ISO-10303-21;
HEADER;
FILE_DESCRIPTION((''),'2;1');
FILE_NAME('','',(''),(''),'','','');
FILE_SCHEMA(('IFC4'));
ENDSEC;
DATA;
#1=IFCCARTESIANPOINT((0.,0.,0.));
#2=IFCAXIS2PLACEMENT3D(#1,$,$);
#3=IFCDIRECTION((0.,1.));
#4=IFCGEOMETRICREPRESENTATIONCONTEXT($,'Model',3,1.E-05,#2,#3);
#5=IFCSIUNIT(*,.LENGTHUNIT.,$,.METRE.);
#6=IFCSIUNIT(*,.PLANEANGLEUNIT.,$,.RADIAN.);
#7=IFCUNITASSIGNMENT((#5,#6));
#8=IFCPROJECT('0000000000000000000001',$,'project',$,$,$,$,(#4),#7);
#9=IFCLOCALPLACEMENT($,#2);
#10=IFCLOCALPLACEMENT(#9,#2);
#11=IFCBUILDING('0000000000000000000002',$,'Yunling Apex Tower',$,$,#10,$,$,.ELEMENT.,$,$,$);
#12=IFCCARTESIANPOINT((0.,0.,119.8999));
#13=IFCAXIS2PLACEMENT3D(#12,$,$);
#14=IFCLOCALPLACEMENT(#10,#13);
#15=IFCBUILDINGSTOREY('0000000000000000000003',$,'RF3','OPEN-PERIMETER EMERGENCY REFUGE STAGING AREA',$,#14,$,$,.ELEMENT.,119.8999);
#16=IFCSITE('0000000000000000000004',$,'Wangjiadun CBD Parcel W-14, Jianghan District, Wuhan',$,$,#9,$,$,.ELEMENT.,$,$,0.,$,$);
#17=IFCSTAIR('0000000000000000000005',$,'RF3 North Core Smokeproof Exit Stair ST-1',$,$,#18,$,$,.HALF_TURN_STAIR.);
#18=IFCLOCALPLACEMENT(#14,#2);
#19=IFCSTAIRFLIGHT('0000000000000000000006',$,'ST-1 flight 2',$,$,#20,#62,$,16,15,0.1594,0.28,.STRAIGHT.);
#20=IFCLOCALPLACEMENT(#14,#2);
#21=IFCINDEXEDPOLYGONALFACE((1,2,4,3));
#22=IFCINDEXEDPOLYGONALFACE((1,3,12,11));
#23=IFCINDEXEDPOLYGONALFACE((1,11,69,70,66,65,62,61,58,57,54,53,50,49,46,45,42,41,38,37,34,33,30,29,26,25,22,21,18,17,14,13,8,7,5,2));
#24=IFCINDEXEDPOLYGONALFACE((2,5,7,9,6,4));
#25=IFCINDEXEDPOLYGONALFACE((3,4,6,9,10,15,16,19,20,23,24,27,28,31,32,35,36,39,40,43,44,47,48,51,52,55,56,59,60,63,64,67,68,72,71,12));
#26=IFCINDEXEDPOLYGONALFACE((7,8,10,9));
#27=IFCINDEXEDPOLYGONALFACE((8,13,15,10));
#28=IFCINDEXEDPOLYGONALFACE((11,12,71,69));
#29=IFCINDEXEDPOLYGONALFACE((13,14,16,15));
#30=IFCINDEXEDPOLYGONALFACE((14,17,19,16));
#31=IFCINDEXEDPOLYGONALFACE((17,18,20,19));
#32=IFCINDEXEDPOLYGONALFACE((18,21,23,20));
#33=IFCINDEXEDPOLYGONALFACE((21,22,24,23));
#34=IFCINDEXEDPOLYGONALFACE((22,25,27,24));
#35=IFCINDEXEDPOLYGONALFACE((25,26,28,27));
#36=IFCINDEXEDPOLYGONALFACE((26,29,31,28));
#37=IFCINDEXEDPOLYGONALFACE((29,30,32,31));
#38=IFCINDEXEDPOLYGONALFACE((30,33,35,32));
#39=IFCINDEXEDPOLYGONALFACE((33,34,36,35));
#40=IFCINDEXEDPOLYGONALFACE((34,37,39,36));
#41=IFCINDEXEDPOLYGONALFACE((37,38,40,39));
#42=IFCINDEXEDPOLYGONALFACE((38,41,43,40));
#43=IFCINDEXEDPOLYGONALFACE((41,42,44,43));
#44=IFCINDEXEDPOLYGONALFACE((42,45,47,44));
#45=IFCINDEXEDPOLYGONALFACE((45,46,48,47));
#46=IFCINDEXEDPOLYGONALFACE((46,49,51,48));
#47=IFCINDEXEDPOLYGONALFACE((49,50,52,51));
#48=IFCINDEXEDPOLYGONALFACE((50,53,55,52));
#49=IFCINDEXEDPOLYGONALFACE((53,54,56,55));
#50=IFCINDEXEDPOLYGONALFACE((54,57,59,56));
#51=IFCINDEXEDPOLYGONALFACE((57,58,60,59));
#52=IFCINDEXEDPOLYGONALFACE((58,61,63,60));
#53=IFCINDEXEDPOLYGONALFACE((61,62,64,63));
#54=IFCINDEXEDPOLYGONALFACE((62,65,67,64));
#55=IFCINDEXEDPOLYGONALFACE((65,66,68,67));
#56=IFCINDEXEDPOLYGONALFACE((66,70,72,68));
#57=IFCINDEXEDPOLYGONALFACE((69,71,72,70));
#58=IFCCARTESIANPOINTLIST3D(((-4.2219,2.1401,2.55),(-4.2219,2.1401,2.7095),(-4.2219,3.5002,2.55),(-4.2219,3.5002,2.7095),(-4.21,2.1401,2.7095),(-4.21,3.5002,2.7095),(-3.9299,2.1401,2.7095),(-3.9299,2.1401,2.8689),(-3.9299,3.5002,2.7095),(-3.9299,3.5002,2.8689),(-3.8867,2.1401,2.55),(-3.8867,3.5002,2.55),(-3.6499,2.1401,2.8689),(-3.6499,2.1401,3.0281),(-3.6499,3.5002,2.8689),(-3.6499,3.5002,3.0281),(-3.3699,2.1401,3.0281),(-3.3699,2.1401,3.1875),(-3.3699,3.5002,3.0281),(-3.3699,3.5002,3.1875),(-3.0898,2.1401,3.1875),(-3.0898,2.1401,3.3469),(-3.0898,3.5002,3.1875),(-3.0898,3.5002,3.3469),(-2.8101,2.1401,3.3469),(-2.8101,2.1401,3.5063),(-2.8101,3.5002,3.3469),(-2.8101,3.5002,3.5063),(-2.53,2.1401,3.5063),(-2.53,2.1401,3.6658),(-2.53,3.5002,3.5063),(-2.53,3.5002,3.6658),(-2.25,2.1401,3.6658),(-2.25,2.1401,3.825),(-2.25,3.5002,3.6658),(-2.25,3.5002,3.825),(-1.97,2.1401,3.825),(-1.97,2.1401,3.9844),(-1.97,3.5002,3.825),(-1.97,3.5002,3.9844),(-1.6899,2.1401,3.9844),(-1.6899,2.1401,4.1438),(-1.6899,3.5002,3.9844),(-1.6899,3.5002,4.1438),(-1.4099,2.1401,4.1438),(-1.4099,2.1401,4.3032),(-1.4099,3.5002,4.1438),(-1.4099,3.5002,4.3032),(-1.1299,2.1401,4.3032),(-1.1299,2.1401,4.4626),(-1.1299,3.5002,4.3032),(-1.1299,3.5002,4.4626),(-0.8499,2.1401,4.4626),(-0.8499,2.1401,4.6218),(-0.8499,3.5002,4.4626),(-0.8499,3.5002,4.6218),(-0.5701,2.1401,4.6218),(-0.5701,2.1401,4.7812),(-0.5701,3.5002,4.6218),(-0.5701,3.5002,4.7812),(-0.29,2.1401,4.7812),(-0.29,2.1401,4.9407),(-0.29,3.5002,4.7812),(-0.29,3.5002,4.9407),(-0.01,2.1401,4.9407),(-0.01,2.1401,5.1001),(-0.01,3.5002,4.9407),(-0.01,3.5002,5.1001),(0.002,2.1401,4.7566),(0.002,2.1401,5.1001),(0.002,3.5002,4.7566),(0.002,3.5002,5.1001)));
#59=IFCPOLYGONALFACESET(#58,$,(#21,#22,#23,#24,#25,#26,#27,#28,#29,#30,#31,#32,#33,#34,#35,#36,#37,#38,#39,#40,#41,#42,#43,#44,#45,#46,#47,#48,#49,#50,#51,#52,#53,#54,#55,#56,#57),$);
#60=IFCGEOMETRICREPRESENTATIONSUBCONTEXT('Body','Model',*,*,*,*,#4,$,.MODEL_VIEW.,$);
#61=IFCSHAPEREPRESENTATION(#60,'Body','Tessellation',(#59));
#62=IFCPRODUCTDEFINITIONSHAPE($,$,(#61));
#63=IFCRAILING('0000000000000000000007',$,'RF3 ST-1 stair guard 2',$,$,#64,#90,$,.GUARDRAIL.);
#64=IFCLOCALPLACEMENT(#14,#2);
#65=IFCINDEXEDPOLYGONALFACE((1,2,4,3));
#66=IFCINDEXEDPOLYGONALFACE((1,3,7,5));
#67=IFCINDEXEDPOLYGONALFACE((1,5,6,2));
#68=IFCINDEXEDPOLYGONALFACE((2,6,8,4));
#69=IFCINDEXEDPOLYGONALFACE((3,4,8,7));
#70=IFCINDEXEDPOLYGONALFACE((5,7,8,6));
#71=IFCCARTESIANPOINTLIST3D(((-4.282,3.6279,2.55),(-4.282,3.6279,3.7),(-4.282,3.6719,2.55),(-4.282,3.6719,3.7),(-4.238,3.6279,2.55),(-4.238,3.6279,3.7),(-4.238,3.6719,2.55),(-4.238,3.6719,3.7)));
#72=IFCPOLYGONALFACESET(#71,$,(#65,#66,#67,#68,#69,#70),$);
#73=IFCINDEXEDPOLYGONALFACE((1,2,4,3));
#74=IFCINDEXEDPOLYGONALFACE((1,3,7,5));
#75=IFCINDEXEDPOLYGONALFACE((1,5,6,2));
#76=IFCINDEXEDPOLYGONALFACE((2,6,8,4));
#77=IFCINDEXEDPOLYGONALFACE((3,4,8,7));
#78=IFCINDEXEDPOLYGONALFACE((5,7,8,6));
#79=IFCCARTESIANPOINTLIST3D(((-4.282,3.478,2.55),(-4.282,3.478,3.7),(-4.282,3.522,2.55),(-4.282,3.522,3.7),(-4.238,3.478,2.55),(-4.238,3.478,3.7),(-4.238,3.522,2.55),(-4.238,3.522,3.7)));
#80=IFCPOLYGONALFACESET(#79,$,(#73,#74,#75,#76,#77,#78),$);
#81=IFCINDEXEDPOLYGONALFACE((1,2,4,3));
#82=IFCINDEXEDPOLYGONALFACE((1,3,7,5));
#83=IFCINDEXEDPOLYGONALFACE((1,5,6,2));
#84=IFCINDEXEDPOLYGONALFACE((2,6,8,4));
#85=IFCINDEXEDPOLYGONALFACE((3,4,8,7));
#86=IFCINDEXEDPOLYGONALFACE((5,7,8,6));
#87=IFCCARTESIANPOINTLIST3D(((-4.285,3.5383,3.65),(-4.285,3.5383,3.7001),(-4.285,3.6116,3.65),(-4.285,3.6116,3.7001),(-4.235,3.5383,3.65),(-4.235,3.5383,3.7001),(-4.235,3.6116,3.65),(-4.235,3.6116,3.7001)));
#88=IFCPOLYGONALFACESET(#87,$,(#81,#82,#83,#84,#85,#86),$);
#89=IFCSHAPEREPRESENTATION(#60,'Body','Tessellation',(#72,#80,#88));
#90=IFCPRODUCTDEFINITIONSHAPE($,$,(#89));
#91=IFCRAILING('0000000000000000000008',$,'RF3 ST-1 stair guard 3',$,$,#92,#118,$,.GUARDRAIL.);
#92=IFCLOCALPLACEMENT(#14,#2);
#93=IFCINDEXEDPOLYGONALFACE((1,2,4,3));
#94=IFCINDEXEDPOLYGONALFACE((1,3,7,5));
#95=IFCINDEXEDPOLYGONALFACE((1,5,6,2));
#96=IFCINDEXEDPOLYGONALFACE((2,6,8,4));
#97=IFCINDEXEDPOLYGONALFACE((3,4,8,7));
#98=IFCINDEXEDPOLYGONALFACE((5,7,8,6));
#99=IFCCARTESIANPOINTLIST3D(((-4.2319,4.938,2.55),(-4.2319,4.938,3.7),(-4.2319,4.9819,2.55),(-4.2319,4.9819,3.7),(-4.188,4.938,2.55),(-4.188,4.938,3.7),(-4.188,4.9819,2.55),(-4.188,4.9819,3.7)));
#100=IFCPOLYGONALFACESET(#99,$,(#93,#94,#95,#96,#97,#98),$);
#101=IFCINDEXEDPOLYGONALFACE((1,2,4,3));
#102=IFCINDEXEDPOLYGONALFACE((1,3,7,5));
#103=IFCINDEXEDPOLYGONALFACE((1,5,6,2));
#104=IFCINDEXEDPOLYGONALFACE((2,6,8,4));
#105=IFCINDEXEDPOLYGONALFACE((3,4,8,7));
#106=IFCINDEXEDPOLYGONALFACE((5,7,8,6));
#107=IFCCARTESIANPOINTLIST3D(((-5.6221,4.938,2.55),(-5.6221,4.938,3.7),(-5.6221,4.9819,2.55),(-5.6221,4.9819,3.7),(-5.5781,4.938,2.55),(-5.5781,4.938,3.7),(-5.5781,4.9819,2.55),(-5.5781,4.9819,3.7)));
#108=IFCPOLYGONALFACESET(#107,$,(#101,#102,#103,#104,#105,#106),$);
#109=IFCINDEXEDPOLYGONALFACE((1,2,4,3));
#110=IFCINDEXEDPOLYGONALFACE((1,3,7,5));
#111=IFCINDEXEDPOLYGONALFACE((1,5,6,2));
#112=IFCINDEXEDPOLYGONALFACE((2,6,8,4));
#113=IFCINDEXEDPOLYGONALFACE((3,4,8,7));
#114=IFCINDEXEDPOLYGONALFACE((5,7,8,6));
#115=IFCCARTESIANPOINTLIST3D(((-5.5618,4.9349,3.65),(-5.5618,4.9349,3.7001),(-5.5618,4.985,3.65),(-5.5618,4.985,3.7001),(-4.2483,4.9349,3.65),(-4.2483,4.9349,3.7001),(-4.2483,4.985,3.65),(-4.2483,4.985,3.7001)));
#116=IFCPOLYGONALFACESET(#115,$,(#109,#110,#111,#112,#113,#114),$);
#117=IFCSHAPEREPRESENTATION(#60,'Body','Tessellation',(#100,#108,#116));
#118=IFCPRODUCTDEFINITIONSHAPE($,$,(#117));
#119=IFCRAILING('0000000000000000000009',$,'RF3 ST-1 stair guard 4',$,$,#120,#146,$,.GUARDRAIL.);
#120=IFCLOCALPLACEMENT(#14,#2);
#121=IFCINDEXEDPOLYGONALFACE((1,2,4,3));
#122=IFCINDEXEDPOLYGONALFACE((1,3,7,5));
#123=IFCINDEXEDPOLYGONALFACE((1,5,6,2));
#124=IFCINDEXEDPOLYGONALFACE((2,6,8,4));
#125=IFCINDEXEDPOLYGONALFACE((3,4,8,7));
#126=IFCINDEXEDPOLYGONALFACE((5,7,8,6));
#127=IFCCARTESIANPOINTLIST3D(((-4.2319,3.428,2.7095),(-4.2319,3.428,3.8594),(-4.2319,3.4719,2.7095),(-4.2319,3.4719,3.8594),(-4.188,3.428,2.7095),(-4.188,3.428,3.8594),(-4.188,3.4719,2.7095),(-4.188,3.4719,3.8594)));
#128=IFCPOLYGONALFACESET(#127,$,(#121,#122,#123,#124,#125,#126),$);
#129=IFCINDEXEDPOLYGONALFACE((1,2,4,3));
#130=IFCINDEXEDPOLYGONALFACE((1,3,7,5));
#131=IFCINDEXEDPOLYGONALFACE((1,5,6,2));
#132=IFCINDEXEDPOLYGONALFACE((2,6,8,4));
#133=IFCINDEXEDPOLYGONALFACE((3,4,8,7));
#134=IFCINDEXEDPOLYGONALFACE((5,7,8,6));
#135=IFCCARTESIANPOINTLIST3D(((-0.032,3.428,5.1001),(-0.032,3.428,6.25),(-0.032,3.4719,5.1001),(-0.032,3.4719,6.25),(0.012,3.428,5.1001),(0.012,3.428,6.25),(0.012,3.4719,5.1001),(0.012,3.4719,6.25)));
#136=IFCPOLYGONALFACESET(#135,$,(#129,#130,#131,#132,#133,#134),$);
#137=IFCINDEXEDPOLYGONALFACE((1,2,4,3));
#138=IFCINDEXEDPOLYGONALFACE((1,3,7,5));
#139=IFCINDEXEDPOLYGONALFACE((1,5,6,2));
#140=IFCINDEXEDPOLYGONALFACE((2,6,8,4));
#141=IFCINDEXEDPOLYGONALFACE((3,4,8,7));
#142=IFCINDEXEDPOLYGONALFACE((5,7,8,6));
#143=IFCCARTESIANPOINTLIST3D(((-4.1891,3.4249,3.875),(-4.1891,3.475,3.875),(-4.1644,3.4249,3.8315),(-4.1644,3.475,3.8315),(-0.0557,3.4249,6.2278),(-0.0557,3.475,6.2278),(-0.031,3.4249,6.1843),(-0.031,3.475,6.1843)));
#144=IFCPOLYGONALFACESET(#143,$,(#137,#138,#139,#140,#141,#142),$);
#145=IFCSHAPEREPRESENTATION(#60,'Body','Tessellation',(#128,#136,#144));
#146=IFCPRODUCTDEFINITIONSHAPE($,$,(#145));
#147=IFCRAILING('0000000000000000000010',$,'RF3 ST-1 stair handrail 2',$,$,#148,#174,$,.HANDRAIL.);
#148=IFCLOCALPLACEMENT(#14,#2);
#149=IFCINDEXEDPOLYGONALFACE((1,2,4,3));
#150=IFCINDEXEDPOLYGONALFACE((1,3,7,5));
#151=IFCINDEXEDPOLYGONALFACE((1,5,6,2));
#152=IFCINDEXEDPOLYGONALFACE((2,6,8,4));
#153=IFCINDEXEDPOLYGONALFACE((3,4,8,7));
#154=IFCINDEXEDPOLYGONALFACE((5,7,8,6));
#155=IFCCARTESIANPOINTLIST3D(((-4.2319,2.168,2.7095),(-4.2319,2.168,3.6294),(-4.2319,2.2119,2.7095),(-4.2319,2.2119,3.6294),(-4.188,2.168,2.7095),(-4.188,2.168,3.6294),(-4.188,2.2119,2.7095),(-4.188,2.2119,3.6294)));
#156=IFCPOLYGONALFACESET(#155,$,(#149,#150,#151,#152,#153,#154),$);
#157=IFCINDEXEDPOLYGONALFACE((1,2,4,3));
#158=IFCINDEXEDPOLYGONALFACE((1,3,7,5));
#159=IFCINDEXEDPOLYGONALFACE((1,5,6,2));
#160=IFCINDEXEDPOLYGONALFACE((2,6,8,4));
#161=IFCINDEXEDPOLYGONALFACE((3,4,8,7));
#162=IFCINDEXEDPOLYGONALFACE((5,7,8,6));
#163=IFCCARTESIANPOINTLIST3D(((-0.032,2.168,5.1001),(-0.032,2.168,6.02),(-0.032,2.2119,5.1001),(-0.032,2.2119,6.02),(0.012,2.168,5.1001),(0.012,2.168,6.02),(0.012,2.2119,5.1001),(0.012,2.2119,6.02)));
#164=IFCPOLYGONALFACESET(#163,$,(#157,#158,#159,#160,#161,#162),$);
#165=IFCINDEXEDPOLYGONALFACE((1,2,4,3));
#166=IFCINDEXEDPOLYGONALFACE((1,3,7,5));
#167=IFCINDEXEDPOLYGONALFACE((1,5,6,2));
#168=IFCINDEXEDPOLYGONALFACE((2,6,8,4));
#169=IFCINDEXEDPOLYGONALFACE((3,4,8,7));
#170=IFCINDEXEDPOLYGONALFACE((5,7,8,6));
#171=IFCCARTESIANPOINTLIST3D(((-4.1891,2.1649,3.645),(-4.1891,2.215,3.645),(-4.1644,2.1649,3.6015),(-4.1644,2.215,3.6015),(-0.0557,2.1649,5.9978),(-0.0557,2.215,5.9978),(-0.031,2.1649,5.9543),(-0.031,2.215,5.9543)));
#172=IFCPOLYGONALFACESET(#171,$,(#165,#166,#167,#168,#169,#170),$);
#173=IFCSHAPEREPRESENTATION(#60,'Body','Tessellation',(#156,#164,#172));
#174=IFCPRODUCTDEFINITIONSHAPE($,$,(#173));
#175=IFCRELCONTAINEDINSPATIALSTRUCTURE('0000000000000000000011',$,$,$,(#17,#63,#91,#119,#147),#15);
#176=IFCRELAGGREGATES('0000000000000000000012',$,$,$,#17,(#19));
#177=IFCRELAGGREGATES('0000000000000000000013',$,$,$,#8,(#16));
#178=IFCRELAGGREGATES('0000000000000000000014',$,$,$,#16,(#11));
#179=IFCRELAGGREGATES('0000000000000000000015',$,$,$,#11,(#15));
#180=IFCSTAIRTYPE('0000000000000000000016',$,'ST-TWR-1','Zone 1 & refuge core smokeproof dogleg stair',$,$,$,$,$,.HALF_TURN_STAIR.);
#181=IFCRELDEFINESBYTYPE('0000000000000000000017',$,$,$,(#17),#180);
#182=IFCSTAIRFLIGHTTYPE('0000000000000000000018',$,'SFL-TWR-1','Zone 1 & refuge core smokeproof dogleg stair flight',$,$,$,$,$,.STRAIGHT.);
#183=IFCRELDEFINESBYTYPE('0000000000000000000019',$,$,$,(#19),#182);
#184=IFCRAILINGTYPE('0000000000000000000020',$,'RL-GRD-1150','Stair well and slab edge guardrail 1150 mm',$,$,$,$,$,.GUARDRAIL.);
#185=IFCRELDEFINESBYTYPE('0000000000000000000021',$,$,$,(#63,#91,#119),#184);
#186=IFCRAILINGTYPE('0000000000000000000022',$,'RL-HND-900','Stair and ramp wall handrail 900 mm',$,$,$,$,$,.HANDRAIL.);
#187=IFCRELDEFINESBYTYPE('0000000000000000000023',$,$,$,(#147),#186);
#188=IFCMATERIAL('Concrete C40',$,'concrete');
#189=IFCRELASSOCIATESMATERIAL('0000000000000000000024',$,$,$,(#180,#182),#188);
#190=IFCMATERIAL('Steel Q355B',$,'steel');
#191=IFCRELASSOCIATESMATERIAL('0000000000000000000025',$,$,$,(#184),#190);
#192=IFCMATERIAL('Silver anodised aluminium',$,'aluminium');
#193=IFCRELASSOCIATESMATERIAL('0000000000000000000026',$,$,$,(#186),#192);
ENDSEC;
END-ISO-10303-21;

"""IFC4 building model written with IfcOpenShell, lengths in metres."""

from ifc_helpers import new_model, si_unit, direction, frame, origin, origin_2d, place, context, subcontext, project, spatial, polyline, rectangle, outline, extrude, material, type_object, element, aggregate, save


model = new_model("IFC4")

# Units and contexts
model_context = context("Model", 3, precision=1e-05, world=origin(), true_north=direction((0.0, 1.0)))
body_context = subcontext(model_context, "Body", "Model", "MODEL_VIEW")
ifc_project = project(units=[si_unit("LENGTHUNIT", "METRE"), si_unit("PLANEANGLEUNIT", "RADIAN")], contexts=[model_context])

# Site, building, storey
site_placement = place(None, origin())
site = spatial("IfcSite", under=ifc_project, at=site_placement, Name="Wangjiadun CBD Parcel W-14, Jianghan District, Wuhan", CompositionType="ELEMENT", RefElevation=0.0)
building_placement = place(site_placement, origin())
building = spatial("IfcBuilding", under=site, at=building_placement, Name="Yunling Apex Tower", CompositionType="ELEMENT")
storey_placement = place(building_placement, frame((0.0, 0.0, 119.8999)))
storey = spatial("IfcBuildingStorey", under=building, at=storey_placement, Name="RF3", Description="OPEN-PERIMETER EMERGENCY REFUGE STAGING AREA", CompositionType="ELEMENT", Elevation=119.8999)

# Shared definitions
ifc_material_1 = material(Name="Steel Q355B", Category="steel")

# Shared definitions
ifc_material_2 = material(Name="Concrete C40", Category="concrete")

# Stair, stair flight
stair_type = type_object("IfcStairType", Name="ST-TWR-1", Description="Zone 1 & refuge core smokeproof dogleg stair", PredefinedType="HALF_TURN_STAIR", material=ifc_material_2)
stair_placement = place(storey_placement, origin())
stair = element("IfcStair", 1, at=stair_placement, inside=storey, type_object=stair_type, Name="RF3 North Core Smokeproof Exit Stair ST-1", PredefinedType="HALF_TURN_STAIR")
stair_flight_type = type_object("IfcStairFlightType", Name="SFL-TWR-1", Description="Zone 1 & refuge core smokeproof dogleg stair flight", PredefinedType="STRAIGHT", material=ifc_material_2)
stair_flight_placement = place(storey_placement, frame((-4.21, 2.8201, 2.55), z_axis=(0.0, 0.0, 1.0), x_axis=(1.0, 0.0, 0.0)))
stair_flight = element("IfcStairFlight", 2, at=stair_flight_placement, type_object=stair_flight_type, Name="ST-1 flight 2", NumberOfRisers=16, NumberOfTreads=15, PredefinedType="STRAIGHT", RiserHeight=0.1594, TreadLength=0.28, context=body_context, shape_type="SweptSolid", body=[
    extrude(outline(polyline([(-0.012, 0.0), (-0.012, 0.1594), (0.0, 0.1594), (0.28, 0.1594), (0.28, 0.3188), (0.5601, 0.3188), (0.5601, 0.478), (0.8401, 0.478), (0.8401, 0.6375), (1.1201, 0.6375), (1.1201, 0.7969), (1.3999, 0.7969), (1.3999, 0.9563), (1.6799, 0.9563), (1.6799, 1.1157), (1.96, 1.1157), (1.96, 1.2749), (2.24, 1.2749), (2.24, 1.4343), (2.52, 1.4343), (2.52, 1.5938), (2.8, 1.5938), (2.8, 1.7532), (3.0801, 1.7532), (3.0801, 1.9126), (3.3601, 1.9126), (3.3601, 2.0718), (3.6399, 2.0718), (3.6399, 2.2312), (3.9199, 2.2312), (3.9199, 2.3906), (4.2, 2.3906), (4.2, 2.55), (4.2119, 2.55), (4.2119, 2.2065), (0.3232, 0.0), (-0.012, 0.0)])), frame((0.0, 0.6802, 0.0), z_axis=(0.0, -1.0, 0.0), x_axis=(1.0, 0.0, 0.0)), (0.0, 0.0, 1.0), 1.3601),
])
aggregate(stair, [stair_flight])

# Railings
railing_type_1 = type_object("IfcRailingType", Name="RL-GRD-1150", Description="Stair well and slab edge guardrail 1150 mm", PredefinedType="GUARDRAIL", material=ifc_material_1)
railing_1_placement = place(storey_placement, frame((-4.26, 3.6499, 2.55)))
element("IfcRailing", 3, at=railing_1_placement, inside=storey, type_object=railing_type_1, Name="RF3 ST-1 stair guard 2", PredefinedType="GUARDRAIL", context=body_context, shape_type="SweptSolid", body=[
    extrude(rectangle(XDim=0.0439, YDim=0.0439, at=origin_2d()), origin(), (0.0, 0.0, 1.0), 1.1499),
    extrude(rectangle(XDim=0.0439, YDim=0.0439, at=origin_2d()), frame((0.0, -0.1499, 0.0)), (0.0, 0.0, 1.0), 1.1499),
    extrude(rectangle(XDim=0.05, YDim=0.05, at=origin_2d()), frame((0.0, -0.0383, 1.125), z_axis=(0.0, -1.0, 0.0), x_axis=(1.0, 0.0, 0.0)), (0.0, 0.0, 1.0), 0.0732),
])
railing_2_placement = place(storey_placement, frame((-4.21, 4.96, 2.55)))
element("IfcRailing", 4, at=railing_2_placement, inside=storey, type_object=railing_type_1, Name="RF3 ST-1 stair guard 3", PredefinedType="GUARDRAIL", context=body_context, shape_type="SweptSolid", body=[
    extrude(rectangle(XDim=0.0439, YDim=0.0439, at=origin_2d()), origin(), (0.0, 0.0, 1.0), 1.1499),
    extrude(rectangle(XDim=0.0439, YDim=0.0439, at=origin_2d()), frame((-1.3901, 0.0, 0.0)), (0.0, 0.0, 1.0), 1.1499),
    extrude(rectangle(XDim=0.05, YDim=0.05, at=origin_2d()), frame((-0.0383, 0.0, 1.125), z_axis=(-1.0, 0.0, 0.0), x_axis=(0.0, -1.0, 0.0)), (0.0, 0.0, 1.0), 1.3135),
])
railing_3_placement = place(storey_placement, frame((-4.21, 3.45, 2.7095)))
element("IfcRailing", 5, at=railing_3_placement, inside=storey, type_object=railing_type_1, Name="RF3 ST-1 stair guard 4", PredefinedType="GUARDRAIL", context=body_context, shape_type="SweptSolid", body=[
    extrude(rectangle(XDim=0.0439, YDim=0.0439, at=origin_2d()), origin(), (0.0, 0.0, 1.0), 1.1499),
    extrude(rectangle(XDim=0.0439, YDim=0.0439, at=origin_2d()), frame((4.2, 0.0, 2.3906)), (0.0, 0.0, 1.0), 1.1499),
    extrude(rectangle(XDim=0.05, YDim=0.05, at=origin_2d()), frame((0.0332, 0.0, 1.1438), z_axis=(0.869075, 0.0, 0.49468), x_axis=(0.0, 1.0, 0.0)), (0.0, 0.0, 1.0), 4.7561),
])
ifc_material_3 = material(Name="Silver anodised aluminium", Category="aluminium")
railing_type_2 = type_object("IfcRailingType", Name="RL-HND-900", Description="Stair and ramp wall handrail 900 mm", PredefinedType="HANDRAIL", material=ifc_material_3)
railing_4_placement = place(storey_placement, frame((-4.21, 2.1899, 2.7095)))
element("IfcRailing", 6, at=railing_4_placement, inside=storey, type_object=railing_type_2, Name="RF3 ST-1 stair handrail 2", PredefinedType="HANDRAIL", context=body_context, shape_type="SweptSolid", body=[
    extrude(rectangle(XDim=0.0439, YDim=0.0439, at=origin_2d()), origin(), (0.0, 0.0, 1.0), 0.9199),
    extrude(rectangle(XDim=0.0439, YDim=0.0439, at=origin_2d()), frame((4.2, 0.0, 2.3906)), (0.0, 0.0, 1.0), 0.9199),
    extrude(rectangle(XDim=0.05, YDim=0.05, at=origin_2d()), frame((0.0332, 0.0, 0.9138), z_axis=(0.869075, 0.0, 0.49468), x_axis=(0.0, 1.0, 0.0)), (0.0, 0.0, 1.0), 4.7561),
])

save(model, "model.ifc")
